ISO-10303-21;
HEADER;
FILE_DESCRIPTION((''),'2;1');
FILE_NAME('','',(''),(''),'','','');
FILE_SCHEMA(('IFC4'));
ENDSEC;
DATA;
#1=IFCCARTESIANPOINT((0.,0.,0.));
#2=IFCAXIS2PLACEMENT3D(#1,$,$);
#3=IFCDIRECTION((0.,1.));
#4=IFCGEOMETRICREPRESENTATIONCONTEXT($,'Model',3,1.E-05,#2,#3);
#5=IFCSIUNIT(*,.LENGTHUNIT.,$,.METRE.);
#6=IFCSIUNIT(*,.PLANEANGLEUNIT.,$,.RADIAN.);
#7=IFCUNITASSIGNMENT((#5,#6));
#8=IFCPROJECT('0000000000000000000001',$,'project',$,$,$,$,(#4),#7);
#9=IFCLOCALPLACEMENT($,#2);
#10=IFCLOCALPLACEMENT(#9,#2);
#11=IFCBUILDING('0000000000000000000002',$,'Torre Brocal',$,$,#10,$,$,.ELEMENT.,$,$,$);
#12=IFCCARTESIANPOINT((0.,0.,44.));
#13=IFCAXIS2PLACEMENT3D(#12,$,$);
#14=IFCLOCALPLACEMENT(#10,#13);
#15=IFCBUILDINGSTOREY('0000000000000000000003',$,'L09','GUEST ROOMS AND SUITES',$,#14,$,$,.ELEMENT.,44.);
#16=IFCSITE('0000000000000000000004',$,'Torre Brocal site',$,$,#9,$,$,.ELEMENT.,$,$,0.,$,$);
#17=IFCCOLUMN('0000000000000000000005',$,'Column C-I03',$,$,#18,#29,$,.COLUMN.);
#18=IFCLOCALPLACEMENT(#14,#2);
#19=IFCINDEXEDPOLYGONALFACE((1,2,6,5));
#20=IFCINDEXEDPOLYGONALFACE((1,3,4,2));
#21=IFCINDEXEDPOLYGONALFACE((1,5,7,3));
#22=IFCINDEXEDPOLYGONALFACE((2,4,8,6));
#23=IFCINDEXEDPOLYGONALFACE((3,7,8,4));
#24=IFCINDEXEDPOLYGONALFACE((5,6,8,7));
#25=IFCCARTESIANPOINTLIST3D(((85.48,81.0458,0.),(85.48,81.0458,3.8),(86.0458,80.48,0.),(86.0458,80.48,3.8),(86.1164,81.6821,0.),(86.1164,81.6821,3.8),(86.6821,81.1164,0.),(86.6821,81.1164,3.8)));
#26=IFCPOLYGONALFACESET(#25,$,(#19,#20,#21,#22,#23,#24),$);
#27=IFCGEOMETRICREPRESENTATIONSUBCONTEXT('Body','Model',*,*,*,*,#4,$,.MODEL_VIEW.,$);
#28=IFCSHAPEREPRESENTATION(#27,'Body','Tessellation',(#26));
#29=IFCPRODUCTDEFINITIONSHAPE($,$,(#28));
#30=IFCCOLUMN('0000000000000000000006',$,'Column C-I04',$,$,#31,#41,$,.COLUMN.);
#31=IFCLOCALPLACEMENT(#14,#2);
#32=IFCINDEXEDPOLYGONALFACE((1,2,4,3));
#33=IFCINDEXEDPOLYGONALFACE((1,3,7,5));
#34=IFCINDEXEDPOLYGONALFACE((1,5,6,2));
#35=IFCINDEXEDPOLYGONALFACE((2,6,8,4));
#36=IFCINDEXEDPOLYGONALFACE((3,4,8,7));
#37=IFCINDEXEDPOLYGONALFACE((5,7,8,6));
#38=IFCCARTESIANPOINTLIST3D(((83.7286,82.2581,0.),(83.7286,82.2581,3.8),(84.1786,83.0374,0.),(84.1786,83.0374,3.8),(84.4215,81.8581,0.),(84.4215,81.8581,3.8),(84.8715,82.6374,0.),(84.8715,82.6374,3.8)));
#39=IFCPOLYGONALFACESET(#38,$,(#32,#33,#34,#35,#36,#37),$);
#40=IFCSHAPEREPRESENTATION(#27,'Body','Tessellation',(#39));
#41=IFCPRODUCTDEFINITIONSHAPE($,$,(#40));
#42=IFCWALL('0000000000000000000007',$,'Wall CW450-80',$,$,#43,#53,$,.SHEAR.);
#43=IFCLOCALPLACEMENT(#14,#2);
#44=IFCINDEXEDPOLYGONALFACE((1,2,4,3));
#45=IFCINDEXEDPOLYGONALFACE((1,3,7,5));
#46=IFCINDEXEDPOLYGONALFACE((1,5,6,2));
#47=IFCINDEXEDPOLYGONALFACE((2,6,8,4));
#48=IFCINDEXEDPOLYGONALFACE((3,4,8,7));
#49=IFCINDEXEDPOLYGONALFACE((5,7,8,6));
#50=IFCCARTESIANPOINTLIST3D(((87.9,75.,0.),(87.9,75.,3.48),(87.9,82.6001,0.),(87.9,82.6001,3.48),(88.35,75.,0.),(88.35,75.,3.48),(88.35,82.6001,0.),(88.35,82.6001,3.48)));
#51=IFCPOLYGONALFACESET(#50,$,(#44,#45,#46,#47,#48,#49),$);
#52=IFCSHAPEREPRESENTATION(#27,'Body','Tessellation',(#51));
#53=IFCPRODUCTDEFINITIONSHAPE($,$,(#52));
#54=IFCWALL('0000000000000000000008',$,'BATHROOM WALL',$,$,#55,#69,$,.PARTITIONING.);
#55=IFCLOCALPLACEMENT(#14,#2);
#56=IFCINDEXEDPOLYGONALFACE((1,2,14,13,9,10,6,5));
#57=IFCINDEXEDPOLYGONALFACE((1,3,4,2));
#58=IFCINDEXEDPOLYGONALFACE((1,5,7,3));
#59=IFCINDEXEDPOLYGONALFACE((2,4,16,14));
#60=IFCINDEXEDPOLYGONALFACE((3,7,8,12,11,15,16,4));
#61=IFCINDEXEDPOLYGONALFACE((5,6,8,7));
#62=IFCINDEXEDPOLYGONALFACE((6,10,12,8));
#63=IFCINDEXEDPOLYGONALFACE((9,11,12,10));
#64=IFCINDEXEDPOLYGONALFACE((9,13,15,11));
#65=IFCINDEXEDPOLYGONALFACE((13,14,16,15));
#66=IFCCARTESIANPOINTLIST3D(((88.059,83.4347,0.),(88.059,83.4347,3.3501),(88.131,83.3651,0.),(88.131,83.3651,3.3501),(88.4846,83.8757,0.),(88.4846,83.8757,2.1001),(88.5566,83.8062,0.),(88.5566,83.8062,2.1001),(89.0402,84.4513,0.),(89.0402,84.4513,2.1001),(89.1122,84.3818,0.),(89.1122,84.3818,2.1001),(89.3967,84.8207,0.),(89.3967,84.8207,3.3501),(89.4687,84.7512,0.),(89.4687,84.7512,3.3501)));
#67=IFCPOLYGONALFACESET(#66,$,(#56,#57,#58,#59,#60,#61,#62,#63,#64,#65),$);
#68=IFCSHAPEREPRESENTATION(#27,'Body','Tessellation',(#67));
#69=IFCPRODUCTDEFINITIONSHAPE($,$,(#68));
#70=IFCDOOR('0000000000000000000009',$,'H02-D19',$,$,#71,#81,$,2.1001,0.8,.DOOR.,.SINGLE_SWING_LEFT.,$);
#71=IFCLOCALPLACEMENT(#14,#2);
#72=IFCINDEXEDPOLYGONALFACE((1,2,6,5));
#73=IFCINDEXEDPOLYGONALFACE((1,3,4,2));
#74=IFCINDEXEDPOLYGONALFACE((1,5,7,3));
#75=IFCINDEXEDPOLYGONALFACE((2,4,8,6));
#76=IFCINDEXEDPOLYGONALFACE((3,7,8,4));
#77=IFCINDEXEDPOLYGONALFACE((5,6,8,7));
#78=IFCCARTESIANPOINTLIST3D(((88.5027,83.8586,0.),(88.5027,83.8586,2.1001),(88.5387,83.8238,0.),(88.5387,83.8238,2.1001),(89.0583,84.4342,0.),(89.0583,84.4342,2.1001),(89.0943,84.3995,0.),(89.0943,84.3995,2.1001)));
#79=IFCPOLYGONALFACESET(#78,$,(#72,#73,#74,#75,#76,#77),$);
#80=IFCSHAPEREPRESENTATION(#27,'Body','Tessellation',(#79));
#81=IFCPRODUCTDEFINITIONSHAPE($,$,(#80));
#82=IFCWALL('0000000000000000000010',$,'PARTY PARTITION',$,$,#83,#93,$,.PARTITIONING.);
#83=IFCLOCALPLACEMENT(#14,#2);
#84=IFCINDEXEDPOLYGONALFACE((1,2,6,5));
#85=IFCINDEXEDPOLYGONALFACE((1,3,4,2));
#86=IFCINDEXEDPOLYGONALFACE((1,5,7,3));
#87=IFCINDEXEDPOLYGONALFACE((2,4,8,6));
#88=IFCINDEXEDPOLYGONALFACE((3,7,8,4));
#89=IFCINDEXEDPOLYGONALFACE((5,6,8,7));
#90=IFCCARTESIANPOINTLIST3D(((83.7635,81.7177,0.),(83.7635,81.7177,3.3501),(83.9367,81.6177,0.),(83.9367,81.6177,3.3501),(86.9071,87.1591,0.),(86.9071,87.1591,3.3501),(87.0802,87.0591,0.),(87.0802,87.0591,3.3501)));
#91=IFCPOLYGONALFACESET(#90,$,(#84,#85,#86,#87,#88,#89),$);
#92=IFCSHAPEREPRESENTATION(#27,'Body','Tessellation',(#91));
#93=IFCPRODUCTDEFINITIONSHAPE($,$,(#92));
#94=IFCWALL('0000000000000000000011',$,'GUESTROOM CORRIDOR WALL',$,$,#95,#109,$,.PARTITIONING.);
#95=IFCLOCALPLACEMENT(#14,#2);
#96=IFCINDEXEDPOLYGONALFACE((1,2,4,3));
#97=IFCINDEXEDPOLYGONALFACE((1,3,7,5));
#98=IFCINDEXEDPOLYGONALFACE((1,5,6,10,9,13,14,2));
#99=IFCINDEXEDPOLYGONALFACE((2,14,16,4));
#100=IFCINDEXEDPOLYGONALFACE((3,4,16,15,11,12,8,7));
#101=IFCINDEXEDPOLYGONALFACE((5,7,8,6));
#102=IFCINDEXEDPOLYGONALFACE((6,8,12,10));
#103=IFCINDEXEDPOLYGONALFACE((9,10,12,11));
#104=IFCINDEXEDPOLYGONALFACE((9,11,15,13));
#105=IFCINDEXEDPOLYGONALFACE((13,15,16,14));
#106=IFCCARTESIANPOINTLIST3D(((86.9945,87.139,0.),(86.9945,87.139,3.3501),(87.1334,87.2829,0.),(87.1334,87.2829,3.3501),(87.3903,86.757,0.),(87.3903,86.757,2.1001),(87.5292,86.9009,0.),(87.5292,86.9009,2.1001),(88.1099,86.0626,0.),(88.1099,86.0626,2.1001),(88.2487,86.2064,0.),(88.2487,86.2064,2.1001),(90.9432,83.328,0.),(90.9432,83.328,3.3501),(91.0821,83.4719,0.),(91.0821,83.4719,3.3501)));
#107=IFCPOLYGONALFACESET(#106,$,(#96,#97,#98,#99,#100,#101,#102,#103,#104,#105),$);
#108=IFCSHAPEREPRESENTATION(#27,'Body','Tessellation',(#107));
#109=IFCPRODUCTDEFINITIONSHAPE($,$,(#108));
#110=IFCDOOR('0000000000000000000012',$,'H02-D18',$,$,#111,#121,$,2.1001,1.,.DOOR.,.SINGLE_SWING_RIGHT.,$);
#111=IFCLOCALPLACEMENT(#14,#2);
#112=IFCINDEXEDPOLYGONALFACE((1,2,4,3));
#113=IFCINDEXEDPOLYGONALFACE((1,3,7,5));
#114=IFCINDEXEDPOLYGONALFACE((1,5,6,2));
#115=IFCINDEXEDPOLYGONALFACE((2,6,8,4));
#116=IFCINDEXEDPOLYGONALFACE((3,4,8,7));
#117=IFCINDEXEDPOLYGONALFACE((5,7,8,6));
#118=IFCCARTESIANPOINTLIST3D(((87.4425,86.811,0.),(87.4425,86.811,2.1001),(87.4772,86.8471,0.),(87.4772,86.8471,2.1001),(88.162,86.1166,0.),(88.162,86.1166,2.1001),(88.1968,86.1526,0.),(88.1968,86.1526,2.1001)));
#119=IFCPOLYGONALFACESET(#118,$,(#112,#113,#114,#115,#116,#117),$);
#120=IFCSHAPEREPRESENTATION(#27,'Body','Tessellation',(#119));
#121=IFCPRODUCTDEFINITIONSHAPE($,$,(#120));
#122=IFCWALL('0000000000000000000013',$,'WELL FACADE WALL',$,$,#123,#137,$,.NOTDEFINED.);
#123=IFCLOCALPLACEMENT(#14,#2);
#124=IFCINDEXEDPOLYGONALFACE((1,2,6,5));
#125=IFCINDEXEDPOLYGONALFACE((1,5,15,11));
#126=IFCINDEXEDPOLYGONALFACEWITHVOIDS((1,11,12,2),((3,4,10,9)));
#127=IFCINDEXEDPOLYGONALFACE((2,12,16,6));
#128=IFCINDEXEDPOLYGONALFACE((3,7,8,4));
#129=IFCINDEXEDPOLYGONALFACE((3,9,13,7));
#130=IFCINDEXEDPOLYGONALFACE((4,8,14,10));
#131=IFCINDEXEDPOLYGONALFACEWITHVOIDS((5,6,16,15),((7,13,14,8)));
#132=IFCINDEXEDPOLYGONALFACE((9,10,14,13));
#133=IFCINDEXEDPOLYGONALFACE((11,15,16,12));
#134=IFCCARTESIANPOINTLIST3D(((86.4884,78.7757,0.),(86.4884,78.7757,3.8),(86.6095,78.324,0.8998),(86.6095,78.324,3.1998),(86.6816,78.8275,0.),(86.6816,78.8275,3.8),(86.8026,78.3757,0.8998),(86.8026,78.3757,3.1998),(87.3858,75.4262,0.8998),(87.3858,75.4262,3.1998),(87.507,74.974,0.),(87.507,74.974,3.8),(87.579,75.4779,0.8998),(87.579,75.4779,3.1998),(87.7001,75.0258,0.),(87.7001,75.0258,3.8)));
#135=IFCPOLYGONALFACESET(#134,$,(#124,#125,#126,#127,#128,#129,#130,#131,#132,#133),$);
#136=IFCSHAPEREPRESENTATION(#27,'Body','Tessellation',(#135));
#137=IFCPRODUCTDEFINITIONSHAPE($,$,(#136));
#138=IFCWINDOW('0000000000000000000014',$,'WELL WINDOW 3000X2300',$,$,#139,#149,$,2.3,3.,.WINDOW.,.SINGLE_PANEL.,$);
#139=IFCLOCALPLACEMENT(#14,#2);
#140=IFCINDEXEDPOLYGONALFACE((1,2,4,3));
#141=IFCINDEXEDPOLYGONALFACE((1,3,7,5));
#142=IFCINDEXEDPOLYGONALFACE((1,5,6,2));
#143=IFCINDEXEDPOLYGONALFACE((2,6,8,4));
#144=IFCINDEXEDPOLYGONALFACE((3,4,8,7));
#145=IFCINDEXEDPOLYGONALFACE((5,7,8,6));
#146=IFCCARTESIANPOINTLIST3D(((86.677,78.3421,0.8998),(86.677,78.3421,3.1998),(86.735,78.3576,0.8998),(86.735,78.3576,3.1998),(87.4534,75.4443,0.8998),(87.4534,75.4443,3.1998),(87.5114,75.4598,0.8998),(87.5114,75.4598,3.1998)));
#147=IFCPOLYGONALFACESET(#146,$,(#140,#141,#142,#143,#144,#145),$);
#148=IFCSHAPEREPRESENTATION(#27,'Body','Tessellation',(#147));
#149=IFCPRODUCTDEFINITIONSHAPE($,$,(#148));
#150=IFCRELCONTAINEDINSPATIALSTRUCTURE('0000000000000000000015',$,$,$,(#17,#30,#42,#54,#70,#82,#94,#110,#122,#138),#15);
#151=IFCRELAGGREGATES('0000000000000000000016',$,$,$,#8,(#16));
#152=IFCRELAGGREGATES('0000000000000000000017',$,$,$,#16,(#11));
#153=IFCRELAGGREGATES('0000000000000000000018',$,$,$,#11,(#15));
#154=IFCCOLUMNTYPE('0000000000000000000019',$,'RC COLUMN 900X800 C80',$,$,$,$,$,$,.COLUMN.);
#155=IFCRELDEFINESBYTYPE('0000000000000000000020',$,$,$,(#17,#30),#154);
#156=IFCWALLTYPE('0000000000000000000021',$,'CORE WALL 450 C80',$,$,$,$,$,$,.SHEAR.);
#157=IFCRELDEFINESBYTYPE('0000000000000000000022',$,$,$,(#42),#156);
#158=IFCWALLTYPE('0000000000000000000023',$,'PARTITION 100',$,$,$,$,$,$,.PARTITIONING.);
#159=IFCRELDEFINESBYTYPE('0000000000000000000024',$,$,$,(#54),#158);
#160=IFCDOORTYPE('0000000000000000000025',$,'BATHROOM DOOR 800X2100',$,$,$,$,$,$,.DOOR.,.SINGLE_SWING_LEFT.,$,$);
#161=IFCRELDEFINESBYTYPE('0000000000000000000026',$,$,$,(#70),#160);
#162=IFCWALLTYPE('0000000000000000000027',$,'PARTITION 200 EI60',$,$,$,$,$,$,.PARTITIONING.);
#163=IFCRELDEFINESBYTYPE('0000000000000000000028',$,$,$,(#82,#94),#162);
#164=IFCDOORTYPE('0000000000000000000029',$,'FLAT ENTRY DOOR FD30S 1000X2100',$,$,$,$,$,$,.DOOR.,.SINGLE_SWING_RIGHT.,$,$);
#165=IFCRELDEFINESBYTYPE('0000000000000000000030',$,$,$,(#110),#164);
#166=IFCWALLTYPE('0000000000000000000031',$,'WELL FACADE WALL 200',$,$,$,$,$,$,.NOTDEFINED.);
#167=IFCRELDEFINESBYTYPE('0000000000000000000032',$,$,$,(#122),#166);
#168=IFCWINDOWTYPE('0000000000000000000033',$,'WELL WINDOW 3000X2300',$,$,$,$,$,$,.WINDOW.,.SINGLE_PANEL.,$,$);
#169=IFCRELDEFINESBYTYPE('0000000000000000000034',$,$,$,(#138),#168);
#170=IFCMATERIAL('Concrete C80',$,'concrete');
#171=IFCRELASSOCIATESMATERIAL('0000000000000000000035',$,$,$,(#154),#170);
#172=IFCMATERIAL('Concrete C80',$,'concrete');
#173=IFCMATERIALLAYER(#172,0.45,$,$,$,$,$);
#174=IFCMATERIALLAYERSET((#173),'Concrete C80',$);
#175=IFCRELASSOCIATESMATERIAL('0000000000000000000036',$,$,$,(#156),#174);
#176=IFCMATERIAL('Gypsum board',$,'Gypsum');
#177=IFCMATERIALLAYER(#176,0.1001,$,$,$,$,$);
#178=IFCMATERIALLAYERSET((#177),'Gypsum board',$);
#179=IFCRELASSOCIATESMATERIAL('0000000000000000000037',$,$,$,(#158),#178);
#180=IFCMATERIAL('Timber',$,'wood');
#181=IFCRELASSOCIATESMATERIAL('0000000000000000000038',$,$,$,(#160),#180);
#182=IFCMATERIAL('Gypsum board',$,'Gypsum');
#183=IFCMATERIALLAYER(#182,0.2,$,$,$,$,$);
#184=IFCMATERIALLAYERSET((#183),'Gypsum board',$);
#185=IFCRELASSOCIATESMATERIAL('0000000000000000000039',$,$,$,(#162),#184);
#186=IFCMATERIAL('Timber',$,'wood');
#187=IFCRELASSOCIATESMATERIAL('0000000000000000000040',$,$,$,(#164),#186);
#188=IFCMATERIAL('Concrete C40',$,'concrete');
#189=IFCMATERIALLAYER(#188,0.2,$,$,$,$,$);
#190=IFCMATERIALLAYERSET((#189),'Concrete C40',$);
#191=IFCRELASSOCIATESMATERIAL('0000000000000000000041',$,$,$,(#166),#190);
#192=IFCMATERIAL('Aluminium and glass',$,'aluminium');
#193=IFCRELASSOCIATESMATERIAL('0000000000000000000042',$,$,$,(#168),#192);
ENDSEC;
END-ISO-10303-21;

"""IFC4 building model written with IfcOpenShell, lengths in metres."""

from ifc_helpers import new_model, si_unit, direction, frame, frame_2d, origin, origin_2d, place, context, subcontext, project, spatial, rectangle, extrude, material, layer, layer_set, material_profile, profile_set, type_object, element, fill, save


model = new_model("IFC4")

# Units and contexts
model_context = context("Model", 3, precision=1e-05, world=origin(), true_north=direction((0.0, 1.0)))
body_context = subcontext(model_context, "Body", "Model", "MODEL_VIEW")
ifc_project = project(units=[si_unit("LENGTHUNIT", "METRE"), si_unit("PLANEANGLEUNIT", "RADIAN")], contexts=[model_context])

# Site, building, storey
site_placement = place(None, origin())
site = spatial("IfcSite", under=ifc_project, at=site_placement, Name="Torre Brocal site", CompositionType="ELEMENT", RefElevation=0.0)
building_placement = place(site_placement, origin())
building = spatial("IfcBuilding", under=site, at=building_placement, Name="Torre Brocal", CompositionType="ELEMENT")
storey_placement = place(building_placement, frame((0.0, 0.0, 44.0)))
storey = spatial("IfcBuildingStorey", under=building, at=storey_placement, Name="L09", Description="GUEST ROOMS AND SUITES", CompositionType="ELEMENT", Elevation=44.0)

# Columns
ifc_material_1 = material(Name="Concrete C80", Category="concrete")
ifc_material_profile = material_profile(ifc_material_1, rectangle(XDim=0.8999, YDim=0.8, at=origin_2d()), Name="RC 900X800")
ifc_profile_set = profile_set([ifc_material_profile], Name="Concrete C80")
column_type = type_object("IfcColumnType", Name="RC COLUMN 900X800 C80", PredefinedType="COLUMN", material=ifc_profile_set)
for number, where, z_axis, x_axis, name in (
    (1, (86.0811, 81.0811, 0.0), (0.0, 0.0, 1.0), (0.707107, 0.707107, 0.0), "Column C-I03"),
    (2, (84.3, 82.4478, 0.0), (0.0, 0.0, 1.0), (0.5, 0.866025, 0.0), "Column C-I04"),
):
    element("IfcColumn", number, at=place(storey_placement, frame(where, z_axis=z_axis, x_axis=x_axis)), inside=storey, type_object=column_type, Name=name, PredefinedType="COLUMN", context=body_context, shape_type="SweptSolid", body=[
        extrude(rectangle(XDim=0.8999, YDim=0.8, at=origin_2d()), origin(), (0.0, 0.0, 1.0), 3.8),
    ])

# Wall
ifc_material_2 = material(Name="Concrete C80", Category="concrete")
ifc_layer_1 = layer(ifc_material_2, 0.45)
ifc_layer_set_1 = layer_set([ifc_layer_1], Name="Concrete C80")
wall_type_1 = type_object("IfcWallType", Name="CORE WALL 450 C80", PredefinedType="SHEAR", material=ifc_layer_set_1)
wall_1_placement = place(storey_placement, frame((88.125, 75.0, 0.0), z_axis=(0.0, 0.0, 1.0), x_axis=(0.0, 1.0, 0.0)))
element("IfcWall", 3, at=wall_1_placement, inside=storey, type_object=wall_type_1, Name="Wall CW450-80", PredefinedType="SHEAR", context=body_context, shape_type="SweptSolid", body=[
    extrude(rectangle(XDim=7.6001, YDim=0.45, at=frame_2d((3.8, 0.0))), origin(), (0.0, 0.0, 1.0), 3.48),
])

# Wall, opening, door
ifc_material_3 = material(Name="Gypsum board", Category="Gypsum")
ifc_layer_2 = layer(ifc_material_3, 0.1001)
ifc_layer_set_2 = layer_set([ifc_layer_2], Name="Gypsum board")
wall_type_2 = type_object("IfcWallType", Name="PARTITION 100", PredefinedType="PARTITIONING", material=ifc_layer_set_2)
wall_2_placement = place(storey_placement, frame((88.095, 83.3999, 0.0), z_axis=(0.0, 0.0, 1.0), x_axis=(0.694447, 0.719543, 0.0)))
wall_2 = element("IfcWall", 4, at=wall_2_placement, inside=storey, type_object=wall_type_2, Name="BATHROOM WALL", PredefinedType="PARTITIONING", context=body_context, shape_type="SweptSolid", body=[
    extrude(rectangle(XDim=1.9263, YDim=0.1001, at=frame_2d((0.9631, 0.0))), origin(), (0.0, 0.0, 1.0), 3.3501),
])
opening_1_placement = place(wall_2_placement, frame((0.613, 0.0, 0.0)))
opening_1 = element("IfcOpeningElement", 5, at=opening_1_placement, cuts=wall_2, PredefinedType="OPENING", context=body_context, shape_type="SweptSolid", body=[
    extrude(rectangle(XDim=0.8, YDim=2.1001, at=frame_2d((0.3999, 1.05))), frame((0.0, 0.0601, 0.0), z_axis=(0.0, -1.0, 0.0), x_axis=(1.0, 0.0, 0.0)), (0.0, 0.0, 1.0), 0.1201),
])
ifc_material_4 = material(Name="Timber", Category="wood")
door_type_1 = type_object("IfcDoorType", Name="BATHROOM DOOR 800X2100", OperationType="SINGLE_SWING_LEFT", PredefinedType="DOOR", material=ifc_material_4)
door_1_placement = place(opening_1_placement, frame((0.8, 0.0, 0.0), z_axis=(0.0, 0.0, 1.0), x_axis=(-1.0, 0.0, 0.0)))
door_1 = element("IfcDoor", 6, at=door_1_placement, inside=storey, type_object=door_type_1, Name="H02-D19", OperationType="SINGLE_SWING_LEFT", OverallHeight=2.1001, OverallWidth=0.8, PredefinedType="DOOR", context=body_context, shape_type="SweptSolid", body=[
    extrude(rectangle(XDim=0.8, YDim=2.1001, at=frame_2d((0.3999, 1.05))), frame((0.0, 0.0249, 0.0), z_axis=(0.0, -1.0, 0.0), x_axis=(1.0, 0.0, 0.0)), (0.0, 0.0, 1.0), 0.05),
])
fill(opening_1, door_1)

# Wall
ifc_material_5 = material(Name="Gypsum board", Category="Gypsum")
ifc_layer_3 = layer(ifc_material_5, 0.2)
ifc_layer_set_3 = layer_set([ifc_layer_3], Name="Gypsum board")
wall_type_3 = type_object("IfcWallType", Name="PARTITION 200 EI60", PredefinedType="PARTITIONING", material=ifc_layer_set_3)
wall_3_placement = place(storey_placement, frame((83.8501, 81.6677, 0.0), z_axis=(0.0, 0.0, 1.0), x_axis=(0.500234, 0.865891, 0.0)))
element("IfcWall", 7, at=wall_3_placement, inside=storey, type_object=wall_type_3, Name="PARTY PARTITION", PredefinedType="PARTITIONING", context=body_context, shape_type="SweptSolid", body=[
    extrude(rectangle(XDim=6.2842, YDim=0.2, at=frame_2d((3.1421, 0.0))), origin(), (0.0, 0.0, 1.0), 3.3501),
])

# Wall, opening, door
wall_4_placement = place(storey_placement, frame((87.064, 87.2109, 0.0), z_axis=(0.0, 0.0, 1.0), x_axis=(0.719541, -0.69445, 0.0)))
wall_4 = element("IfcWall", 8, at=wall_4_placement, inside=storey, type_object=wall_type_3, Name="GUESTROOM CORRIDOR WALL", PredefinedType="PARTITIONING", context=body_context, shape_type="SweptSolid", body=[
    extrude(rectangle(XDim=5.4878, YDim=0.2, at=frame_2d((2.7439, 0.0))), origin(), (0.0, 0.0, 1.0), 3.3501),
])
opening_2_placement = place(wall_4_placement, frame((0.55, 0.0, 0.0)))
opening_2 = element("IfcOpeningElement", 9, at=opening_2_placement, cuts=wall_4, PredefinedType="OPENING", context=body_context, shape_type="SweptSolid", body=[
    extrude(rectangle(XDim=1.0, YDim=2.1001, at=frame_2d((0.5, 1.05))), frame((0.0, 0.1099, 0.0), z_axis=(0.0, -1.0, 0.0), x_axis=(1.0, 0.0, 0.0)), (0.0, 0.0, 1.0), 0.22),
])
ifc_material_6 = material(Name="Timber", Category="wood")
door_type_2 = type_object("IfcDoorType", Name="FLAT ENTRY DOOR FD30S 1000X2100", OperationType="SINGLE_SWING_RIGHT", PredefinedType="DOOR", material=ifc_material_6)
door_2_placement = place(opening_2_placement, frame((1.0, 0.0, 0.0), z_axis=(0.0, 0.0, 1.0), x_axis=(-1.0, 0.0, 0.0)))
door_2 = element("IfcDoor", 10, at=door_2_placement, inside=storey, type_object=door_type_2, Name="H02-D18", OperationType="SINGLE_SWING_RIGHT", OverallHeight=2.1001, OverallWidth=1.0, PredefinedType="DOOR", context=body_context, shape_type="SweptSolid", body=[
    extrude(rectangle(XDim=1.0, YDim=2.1001, at=frame_2d((0.5, 1.05))), frame((0.0, 0.0249, 0.0), z_axis=(0.0, -1.0, 0.0), x_axis=(1.0, 0.0, 0.0)), (0.0, 0.0, 1.0), 0.05),
])
fill(opening_2, door_2)

# Wall, opening, window
ifc_material_7 = material(Name="Concrete C40", Category="concrete")
ifc_layer_4 = layer(ifc_material_7, 0.2)
ifc_layer_set_4 = layer_set([ifc_layer_4], Name="Concrete C40")
wall_type_4 = type_object("IfcWallType", Name="WELL FACADE WALL 200", PredefinedType="NOTDEFINED", material=ifc_layer_set_4)
wall_5_placement = place(storey_placement, frame((87.6035, 75.0, 0.0), z_axis=(0.0, 0.0, 1.0), x_axis=(-0.25879, 0.965934, 0.0)))
wall_5 = element("IfcWall", 11, at=wall_5_placement, inside=storey, type_object=wall_type_4, Name="WELL FACADE WALL", PredefinedType="NOTDEFINED", context=body_context, shape_type="SweptSolid", body=[
    extrude(rectangle(XDim=3.9358, YDim=0.2, at=frame_2d((1.9678, 0.0))), origin(), (0.0, 0.0, 1.0), 3.8),
])
opening_3_placement = place(wall_5_placement, frame((0.468, 0.0, 0.8999)))
opening_3 = element("IfcOpeningElement", 12, at=opening_3_placement, cuts=wall_5, PredefinedType="OPENING", context=body_context, shape_type="SweptSolid", body=[
    extrude(rectangle(XDim=3.0, YDim=2.3, at=frame_2d((1.5, 1.1499))), frame((0.0, 0.1099, 0.0), z_axis=(0.0, -1.0, 0.0), x_axis=(1.0, 0.0, 0.0)), (0.0, 0.0, 1.0), 0.22),
])
ifc_material_8 = material(Name="Aluminium and glass", Category="aluminium")
window_type = type_object("IfcWindowType", Name="WELL WINDOW 3000X2300", PartitioningType="SINGLE_PANEL", PredefinedType="WINDOW", material=ifc_material_8)
window_1_placement = place(opening_3_placement, origin())
window_1 = element("IfcWindow", 13, at=window_1_placement, inside=storey, type_object=window_type, Name="WELL WINDOW 3000X2300", OverallHeight=2.3, OverallWidth=3.0, PartitioningType="SINGLE_PANEL", PredefinedType="WINDOW", context=body_context, shape_type="SweptSolid", body=[
    extrude(rectangle(XDim=3.0, YDim=2.3, at=frame_2d((1.5, 1.1499))), frame((0.0, 0.03, 0.0), z_axis=(0.0, -1.0, 0.0), x_axis=(1.0, 0.0, 0.0)), (0.0, 0.0, 1.0), 0.0601),
])
fill(opening_3, window_1)

save(model, "model.ifc")
